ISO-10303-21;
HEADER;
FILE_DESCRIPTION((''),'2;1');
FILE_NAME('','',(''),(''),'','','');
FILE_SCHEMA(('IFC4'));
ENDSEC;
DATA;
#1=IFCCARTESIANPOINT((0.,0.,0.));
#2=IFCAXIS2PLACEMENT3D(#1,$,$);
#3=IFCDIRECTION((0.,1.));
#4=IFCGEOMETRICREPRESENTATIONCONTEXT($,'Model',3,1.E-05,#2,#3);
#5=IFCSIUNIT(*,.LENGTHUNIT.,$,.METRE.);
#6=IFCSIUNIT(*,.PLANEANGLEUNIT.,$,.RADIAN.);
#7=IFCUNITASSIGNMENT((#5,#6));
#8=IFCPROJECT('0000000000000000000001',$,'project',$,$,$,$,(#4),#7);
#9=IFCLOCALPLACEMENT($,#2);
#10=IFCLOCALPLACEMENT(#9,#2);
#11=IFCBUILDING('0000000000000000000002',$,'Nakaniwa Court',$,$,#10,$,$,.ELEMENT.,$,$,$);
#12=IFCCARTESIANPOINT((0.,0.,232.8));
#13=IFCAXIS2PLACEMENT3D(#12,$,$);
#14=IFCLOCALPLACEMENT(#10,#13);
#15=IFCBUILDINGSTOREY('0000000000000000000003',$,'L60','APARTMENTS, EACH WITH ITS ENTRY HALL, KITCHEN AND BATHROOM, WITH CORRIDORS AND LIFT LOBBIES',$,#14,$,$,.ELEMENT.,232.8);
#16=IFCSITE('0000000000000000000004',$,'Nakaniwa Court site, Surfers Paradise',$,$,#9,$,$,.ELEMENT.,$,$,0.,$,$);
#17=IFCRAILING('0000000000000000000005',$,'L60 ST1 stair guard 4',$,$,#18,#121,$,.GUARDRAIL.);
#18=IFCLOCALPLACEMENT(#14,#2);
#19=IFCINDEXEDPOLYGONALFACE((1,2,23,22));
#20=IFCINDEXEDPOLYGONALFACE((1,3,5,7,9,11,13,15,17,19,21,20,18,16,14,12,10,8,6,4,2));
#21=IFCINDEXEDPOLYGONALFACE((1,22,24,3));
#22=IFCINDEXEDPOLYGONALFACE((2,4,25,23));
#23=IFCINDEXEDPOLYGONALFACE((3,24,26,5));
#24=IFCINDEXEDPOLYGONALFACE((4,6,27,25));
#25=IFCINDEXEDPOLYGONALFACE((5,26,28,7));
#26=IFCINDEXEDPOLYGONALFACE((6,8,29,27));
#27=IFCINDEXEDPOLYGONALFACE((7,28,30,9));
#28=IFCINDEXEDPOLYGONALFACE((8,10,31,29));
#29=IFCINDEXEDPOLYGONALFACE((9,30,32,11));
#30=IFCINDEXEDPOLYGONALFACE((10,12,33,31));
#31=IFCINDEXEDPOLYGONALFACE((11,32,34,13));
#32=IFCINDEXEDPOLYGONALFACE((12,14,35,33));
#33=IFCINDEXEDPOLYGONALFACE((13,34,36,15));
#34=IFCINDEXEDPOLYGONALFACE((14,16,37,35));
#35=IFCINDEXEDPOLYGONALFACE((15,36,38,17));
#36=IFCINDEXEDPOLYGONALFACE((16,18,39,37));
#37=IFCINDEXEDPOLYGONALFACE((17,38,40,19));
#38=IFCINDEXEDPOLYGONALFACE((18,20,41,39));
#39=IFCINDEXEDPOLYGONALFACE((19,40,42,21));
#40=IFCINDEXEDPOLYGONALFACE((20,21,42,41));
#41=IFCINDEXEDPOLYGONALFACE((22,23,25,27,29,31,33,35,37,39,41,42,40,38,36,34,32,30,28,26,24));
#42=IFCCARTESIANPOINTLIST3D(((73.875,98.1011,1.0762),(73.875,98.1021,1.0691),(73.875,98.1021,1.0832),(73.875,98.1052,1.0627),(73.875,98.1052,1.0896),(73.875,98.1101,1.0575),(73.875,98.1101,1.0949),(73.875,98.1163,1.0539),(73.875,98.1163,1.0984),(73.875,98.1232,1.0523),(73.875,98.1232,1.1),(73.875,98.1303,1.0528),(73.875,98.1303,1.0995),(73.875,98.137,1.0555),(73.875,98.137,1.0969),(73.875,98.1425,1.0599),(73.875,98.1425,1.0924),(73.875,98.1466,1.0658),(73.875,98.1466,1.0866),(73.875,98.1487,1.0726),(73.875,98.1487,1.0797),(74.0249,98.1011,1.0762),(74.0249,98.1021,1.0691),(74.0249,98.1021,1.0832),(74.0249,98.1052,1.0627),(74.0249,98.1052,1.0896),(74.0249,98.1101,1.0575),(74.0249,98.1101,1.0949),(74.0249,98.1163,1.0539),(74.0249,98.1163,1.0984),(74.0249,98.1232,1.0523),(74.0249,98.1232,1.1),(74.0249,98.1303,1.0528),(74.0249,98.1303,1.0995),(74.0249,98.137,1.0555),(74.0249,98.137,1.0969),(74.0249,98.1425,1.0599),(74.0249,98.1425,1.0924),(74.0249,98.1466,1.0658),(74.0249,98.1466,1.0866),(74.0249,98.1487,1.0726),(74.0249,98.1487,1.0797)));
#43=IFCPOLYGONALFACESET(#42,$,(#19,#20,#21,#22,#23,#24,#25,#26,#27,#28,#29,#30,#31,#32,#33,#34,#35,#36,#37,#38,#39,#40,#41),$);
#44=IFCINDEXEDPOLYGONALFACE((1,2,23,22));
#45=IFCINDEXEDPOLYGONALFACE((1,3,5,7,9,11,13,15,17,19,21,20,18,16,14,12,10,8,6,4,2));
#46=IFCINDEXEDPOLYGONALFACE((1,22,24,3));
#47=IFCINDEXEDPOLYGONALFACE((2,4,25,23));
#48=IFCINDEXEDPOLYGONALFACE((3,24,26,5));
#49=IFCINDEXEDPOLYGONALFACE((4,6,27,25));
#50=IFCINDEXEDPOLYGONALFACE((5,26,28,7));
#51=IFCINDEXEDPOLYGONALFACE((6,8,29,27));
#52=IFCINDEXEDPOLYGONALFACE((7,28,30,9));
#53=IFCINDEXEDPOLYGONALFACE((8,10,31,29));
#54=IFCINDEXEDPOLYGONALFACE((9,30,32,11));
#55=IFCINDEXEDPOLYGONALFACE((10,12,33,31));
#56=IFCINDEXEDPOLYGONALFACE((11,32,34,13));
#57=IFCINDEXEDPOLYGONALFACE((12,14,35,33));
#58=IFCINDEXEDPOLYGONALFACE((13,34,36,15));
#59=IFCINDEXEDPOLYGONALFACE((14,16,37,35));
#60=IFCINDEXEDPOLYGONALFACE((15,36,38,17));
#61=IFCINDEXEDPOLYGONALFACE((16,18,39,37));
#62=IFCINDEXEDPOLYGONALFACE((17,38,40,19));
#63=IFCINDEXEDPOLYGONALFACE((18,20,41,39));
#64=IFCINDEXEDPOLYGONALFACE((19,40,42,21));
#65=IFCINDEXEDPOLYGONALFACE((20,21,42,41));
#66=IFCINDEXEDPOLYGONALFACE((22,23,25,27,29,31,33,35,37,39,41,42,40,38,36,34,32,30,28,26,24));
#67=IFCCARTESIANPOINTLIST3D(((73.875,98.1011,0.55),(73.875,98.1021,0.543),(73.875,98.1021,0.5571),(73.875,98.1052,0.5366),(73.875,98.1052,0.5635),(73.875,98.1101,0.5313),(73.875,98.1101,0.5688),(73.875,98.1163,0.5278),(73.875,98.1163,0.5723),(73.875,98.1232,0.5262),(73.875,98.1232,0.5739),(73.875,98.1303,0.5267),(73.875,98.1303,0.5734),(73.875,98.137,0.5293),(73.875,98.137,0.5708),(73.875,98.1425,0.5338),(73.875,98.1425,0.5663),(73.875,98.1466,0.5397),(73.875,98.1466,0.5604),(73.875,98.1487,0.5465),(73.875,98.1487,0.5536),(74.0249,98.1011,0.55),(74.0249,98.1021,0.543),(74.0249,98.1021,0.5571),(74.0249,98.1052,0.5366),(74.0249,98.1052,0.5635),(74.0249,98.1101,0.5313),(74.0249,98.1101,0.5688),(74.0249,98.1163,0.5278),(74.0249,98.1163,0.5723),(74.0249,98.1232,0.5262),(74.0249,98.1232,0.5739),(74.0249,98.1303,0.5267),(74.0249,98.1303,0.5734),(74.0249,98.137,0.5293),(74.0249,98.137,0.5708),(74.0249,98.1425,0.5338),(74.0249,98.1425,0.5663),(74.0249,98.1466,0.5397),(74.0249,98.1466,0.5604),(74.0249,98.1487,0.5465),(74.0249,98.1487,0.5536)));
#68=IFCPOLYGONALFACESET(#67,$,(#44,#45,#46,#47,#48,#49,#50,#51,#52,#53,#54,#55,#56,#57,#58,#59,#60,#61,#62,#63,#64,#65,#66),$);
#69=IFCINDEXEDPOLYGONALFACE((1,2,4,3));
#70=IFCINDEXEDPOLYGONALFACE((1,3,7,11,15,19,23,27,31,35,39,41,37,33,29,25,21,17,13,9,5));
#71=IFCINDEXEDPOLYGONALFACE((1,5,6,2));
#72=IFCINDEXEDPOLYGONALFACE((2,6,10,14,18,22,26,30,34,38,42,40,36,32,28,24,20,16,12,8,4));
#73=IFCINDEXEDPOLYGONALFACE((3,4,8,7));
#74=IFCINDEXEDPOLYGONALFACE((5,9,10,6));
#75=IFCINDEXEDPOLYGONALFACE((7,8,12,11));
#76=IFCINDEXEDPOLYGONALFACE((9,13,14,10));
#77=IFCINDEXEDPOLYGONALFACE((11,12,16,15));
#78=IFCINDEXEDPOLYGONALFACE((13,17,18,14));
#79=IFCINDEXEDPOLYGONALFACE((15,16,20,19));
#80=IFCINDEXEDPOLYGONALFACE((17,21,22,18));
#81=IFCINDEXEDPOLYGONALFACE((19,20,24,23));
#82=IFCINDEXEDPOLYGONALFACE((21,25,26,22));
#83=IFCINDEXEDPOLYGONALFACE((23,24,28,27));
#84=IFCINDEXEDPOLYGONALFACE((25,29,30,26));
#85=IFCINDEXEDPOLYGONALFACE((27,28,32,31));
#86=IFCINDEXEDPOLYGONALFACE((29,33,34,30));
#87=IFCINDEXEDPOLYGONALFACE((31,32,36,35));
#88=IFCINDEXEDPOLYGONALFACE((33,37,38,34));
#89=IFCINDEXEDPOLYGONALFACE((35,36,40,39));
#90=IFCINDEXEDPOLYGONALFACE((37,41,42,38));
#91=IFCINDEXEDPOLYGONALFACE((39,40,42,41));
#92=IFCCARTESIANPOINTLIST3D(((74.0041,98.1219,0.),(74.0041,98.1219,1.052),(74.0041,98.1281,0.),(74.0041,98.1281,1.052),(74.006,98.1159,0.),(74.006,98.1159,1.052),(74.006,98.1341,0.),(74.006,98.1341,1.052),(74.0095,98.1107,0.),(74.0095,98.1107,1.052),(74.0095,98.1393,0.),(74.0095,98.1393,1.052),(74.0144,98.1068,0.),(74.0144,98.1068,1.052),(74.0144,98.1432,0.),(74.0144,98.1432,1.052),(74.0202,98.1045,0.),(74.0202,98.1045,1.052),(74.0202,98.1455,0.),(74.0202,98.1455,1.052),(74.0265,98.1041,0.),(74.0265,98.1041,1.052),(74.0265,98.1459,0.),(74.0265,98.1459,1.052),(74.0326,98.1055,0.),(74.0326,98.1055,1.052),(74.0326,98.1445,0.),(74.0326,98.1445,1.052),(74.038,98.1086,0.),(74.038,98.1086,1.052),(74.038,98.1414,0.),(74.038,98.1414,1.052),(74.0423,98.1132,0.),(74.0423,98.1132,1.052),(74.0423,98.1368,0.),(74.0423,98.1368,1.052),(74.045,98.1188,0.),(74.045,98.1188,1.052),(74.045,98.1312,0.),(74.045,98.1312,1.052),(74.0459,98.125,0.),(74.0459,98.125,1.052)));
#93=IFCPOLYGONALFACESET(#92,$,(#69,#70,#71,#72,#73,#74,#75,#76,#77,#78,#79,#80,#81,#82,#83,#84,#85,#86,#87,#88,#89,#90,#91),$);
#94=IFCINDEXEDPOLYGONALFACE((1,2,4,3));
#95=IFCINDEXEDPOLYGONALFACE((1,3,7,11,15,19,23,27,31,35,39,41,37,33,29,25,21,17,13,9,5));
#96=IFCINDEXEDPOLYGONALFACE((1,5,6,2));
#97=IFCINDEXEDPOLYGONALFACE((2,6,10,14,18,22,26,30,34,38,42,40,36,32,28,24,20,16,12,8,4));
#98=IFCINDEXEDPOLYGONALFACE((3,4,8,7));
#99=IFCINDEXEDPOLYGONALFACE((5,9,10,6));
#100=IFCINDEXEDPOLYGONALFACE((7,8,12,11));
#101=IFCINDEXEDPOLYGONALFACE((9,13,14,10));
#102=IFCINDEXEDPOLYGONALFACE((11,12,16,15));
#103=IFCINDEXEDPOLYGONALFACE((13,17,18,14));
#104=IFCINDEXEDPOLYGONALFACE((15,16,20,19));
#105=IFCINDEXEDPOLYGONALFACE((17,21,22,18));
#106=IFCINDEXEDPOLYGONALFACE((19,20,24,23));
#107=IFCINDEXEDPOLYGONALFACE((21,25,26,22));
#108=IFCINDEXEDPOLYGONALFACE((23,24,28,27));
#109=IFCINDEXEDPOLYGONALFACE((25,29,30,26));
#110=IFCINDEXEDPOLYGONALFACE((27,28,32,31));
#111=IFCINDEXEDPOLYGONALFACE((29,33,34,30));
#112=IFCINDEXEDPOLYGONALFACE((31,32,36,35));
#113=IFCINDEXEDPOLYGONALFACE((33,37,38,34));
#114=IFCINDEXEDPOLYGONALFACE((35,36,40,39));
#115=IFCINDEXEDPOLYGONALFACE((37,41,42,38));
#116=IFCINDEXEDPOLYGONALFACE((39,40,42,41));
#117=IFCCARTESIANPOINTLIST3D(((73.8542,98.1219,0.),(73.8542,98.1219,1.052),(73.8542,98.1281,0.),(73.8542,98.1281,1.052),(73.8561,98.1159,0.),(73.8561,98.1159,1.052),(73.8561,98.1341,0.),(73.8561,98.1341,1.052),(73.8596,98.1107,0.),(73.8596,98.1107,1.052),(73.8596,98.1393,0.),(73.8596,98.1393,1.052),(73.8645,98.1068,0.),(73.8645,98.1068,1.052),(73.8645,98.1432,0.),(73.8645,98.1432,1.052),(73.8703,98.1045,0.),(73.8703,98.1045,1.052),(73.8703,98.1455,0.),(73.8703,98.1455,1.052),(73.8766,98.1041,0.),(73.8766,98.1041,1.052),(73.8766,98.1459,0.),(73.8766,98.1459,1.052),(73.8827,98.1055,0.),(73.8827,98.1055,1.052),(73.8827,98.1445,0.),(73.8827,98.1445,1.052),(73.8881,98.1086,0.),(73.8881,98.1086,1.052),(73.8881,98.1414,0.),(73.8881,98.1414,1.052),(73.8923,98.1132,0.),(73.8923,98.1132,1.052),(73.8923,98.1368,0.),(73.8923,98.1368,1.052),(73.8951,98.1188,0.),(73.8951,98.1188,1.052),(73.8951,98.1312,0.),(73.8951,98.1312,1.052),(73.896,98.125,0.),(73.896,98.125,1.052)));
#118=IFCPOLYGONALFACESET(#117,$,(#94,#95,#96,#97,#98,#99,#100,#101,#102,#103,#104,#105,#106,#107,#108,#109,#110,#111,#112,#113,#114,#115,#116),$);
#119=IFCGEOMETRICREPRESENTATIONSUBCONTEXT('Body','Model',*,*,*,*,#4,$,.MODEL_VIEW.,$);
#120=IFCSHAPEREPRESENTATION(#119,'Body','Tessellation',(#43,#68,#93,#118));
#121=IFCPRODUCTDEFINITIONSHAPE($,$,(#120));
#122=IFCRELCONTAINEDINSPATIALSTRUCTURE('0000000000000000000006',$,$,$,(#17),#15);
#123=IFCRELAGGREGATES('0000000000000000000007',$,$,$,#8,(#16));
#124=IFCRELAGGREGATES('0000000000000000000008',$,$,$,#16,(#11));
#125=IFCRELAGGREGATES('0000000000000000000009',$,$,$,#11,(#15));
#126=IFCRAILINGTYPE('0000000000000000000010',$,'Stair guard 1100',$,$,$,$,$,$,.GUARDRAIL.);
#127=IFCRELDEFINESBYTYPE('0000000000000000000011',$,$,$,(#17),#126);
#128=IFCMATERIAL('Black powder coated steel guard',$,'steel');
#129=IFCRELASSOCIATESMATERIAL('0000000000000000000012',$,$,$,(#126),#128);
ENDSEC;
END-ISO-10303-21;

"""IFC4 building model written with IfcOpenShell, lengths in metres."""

from ifc_helpers import new_model, si_unit, direction, frame, origin, origin_2d, place, context, subcontext, project, spatial, circle, extrude, material, type_object, element, save


model = new_model("IFC4")

# Units and contexts
model_context = context("Model", 3, precision=1e-05, world=origin(), true_north=direction((0.0, 1.0)))
body_context = subcontext(model_context, "Body", "Model", "MODEL_VIEW")
ifc_project = project(units=[si_unit("LENGTHUNIT", "METRE"), si_unit("PLANEANGLEUNIT", "RADIAN")], contexts=[model_context])

# Site, building, storey
site_placement = place(None, origin())
site = spatial("IfcSite", under=ifc_project, at=site_placement, Name="Nakaniwa Court site, Surfers Paradise", CompositionType="ELEMENT", RefElevation=0.0)
building_placement = place(site_placement, origin())
building = spatial("IfcBuilding", under=site, at=building_placement, Name="Nakaniwa Court", CompositionType="ELEMENT")
storey_placement = place(building_placement, frame((0.0, 0.0, 232.8)))
storey = spatial("IfcBuildingStorey", under=building, at=storey_placement, Name="L60", Description="APARTMENTS, EACH WITH ITS ENTRY HALL, KITCHEN AND BATHROOM, WITH CORRIDORS AND LIFT LOBBIES", CompositionType="ELEMENT", Elevation=232.8)

# Railing
ifc_material_1 = material(Name="Black powder coated steel guard", Category="steel")
railing_type_1 = type_object("IfcRailingType", Name="Stair guard 1100", PredefinedType="GUARDRAIL", material=ifc_material_1)
railing_1_placement = place(storey_placement, frame((74.0249, 98.125, 0.0)))
element("IfcRailing", 1, at=railing_1_placement, inside=storey, type_object=railing_type_1, Name="L60 ST1 stair guard 4", PredefinedType="GUARDRAIL", context=body_context, shape_type="SweptSolid", body=[
    extrude(circle(Radius=0.0239, at=origin_2d()), frame((0.0, 0.0, 1.0762), z_axis=(-1.0, 0.0, 0.0), x_axis=(0.0, -1.0, 0.0)), (0.0, 0.0, 1.0), 0.1499),
    extrude(circle(Radius=0.0239, at=origin_2d()), frame((0.0, 0.0, 0.55), z_axis=(-1.0, 0.0, 0.0), x_axis=(0.0, -1.0, 0.0)), (0.0, 0.0, 1.0), 0.1499),
    extrude(circle(Radius=0.021, at=origin_2d()), origin(), (0.0, 0.0, 1.0), 1.052),
    extrude(circle(Radius=0.021, at=origin_2d()), frame((-0.1499, 0.0, 0.0)), (0.0, 0.0, 1.0), 1.052),
])

save(model, "model.ifc")
